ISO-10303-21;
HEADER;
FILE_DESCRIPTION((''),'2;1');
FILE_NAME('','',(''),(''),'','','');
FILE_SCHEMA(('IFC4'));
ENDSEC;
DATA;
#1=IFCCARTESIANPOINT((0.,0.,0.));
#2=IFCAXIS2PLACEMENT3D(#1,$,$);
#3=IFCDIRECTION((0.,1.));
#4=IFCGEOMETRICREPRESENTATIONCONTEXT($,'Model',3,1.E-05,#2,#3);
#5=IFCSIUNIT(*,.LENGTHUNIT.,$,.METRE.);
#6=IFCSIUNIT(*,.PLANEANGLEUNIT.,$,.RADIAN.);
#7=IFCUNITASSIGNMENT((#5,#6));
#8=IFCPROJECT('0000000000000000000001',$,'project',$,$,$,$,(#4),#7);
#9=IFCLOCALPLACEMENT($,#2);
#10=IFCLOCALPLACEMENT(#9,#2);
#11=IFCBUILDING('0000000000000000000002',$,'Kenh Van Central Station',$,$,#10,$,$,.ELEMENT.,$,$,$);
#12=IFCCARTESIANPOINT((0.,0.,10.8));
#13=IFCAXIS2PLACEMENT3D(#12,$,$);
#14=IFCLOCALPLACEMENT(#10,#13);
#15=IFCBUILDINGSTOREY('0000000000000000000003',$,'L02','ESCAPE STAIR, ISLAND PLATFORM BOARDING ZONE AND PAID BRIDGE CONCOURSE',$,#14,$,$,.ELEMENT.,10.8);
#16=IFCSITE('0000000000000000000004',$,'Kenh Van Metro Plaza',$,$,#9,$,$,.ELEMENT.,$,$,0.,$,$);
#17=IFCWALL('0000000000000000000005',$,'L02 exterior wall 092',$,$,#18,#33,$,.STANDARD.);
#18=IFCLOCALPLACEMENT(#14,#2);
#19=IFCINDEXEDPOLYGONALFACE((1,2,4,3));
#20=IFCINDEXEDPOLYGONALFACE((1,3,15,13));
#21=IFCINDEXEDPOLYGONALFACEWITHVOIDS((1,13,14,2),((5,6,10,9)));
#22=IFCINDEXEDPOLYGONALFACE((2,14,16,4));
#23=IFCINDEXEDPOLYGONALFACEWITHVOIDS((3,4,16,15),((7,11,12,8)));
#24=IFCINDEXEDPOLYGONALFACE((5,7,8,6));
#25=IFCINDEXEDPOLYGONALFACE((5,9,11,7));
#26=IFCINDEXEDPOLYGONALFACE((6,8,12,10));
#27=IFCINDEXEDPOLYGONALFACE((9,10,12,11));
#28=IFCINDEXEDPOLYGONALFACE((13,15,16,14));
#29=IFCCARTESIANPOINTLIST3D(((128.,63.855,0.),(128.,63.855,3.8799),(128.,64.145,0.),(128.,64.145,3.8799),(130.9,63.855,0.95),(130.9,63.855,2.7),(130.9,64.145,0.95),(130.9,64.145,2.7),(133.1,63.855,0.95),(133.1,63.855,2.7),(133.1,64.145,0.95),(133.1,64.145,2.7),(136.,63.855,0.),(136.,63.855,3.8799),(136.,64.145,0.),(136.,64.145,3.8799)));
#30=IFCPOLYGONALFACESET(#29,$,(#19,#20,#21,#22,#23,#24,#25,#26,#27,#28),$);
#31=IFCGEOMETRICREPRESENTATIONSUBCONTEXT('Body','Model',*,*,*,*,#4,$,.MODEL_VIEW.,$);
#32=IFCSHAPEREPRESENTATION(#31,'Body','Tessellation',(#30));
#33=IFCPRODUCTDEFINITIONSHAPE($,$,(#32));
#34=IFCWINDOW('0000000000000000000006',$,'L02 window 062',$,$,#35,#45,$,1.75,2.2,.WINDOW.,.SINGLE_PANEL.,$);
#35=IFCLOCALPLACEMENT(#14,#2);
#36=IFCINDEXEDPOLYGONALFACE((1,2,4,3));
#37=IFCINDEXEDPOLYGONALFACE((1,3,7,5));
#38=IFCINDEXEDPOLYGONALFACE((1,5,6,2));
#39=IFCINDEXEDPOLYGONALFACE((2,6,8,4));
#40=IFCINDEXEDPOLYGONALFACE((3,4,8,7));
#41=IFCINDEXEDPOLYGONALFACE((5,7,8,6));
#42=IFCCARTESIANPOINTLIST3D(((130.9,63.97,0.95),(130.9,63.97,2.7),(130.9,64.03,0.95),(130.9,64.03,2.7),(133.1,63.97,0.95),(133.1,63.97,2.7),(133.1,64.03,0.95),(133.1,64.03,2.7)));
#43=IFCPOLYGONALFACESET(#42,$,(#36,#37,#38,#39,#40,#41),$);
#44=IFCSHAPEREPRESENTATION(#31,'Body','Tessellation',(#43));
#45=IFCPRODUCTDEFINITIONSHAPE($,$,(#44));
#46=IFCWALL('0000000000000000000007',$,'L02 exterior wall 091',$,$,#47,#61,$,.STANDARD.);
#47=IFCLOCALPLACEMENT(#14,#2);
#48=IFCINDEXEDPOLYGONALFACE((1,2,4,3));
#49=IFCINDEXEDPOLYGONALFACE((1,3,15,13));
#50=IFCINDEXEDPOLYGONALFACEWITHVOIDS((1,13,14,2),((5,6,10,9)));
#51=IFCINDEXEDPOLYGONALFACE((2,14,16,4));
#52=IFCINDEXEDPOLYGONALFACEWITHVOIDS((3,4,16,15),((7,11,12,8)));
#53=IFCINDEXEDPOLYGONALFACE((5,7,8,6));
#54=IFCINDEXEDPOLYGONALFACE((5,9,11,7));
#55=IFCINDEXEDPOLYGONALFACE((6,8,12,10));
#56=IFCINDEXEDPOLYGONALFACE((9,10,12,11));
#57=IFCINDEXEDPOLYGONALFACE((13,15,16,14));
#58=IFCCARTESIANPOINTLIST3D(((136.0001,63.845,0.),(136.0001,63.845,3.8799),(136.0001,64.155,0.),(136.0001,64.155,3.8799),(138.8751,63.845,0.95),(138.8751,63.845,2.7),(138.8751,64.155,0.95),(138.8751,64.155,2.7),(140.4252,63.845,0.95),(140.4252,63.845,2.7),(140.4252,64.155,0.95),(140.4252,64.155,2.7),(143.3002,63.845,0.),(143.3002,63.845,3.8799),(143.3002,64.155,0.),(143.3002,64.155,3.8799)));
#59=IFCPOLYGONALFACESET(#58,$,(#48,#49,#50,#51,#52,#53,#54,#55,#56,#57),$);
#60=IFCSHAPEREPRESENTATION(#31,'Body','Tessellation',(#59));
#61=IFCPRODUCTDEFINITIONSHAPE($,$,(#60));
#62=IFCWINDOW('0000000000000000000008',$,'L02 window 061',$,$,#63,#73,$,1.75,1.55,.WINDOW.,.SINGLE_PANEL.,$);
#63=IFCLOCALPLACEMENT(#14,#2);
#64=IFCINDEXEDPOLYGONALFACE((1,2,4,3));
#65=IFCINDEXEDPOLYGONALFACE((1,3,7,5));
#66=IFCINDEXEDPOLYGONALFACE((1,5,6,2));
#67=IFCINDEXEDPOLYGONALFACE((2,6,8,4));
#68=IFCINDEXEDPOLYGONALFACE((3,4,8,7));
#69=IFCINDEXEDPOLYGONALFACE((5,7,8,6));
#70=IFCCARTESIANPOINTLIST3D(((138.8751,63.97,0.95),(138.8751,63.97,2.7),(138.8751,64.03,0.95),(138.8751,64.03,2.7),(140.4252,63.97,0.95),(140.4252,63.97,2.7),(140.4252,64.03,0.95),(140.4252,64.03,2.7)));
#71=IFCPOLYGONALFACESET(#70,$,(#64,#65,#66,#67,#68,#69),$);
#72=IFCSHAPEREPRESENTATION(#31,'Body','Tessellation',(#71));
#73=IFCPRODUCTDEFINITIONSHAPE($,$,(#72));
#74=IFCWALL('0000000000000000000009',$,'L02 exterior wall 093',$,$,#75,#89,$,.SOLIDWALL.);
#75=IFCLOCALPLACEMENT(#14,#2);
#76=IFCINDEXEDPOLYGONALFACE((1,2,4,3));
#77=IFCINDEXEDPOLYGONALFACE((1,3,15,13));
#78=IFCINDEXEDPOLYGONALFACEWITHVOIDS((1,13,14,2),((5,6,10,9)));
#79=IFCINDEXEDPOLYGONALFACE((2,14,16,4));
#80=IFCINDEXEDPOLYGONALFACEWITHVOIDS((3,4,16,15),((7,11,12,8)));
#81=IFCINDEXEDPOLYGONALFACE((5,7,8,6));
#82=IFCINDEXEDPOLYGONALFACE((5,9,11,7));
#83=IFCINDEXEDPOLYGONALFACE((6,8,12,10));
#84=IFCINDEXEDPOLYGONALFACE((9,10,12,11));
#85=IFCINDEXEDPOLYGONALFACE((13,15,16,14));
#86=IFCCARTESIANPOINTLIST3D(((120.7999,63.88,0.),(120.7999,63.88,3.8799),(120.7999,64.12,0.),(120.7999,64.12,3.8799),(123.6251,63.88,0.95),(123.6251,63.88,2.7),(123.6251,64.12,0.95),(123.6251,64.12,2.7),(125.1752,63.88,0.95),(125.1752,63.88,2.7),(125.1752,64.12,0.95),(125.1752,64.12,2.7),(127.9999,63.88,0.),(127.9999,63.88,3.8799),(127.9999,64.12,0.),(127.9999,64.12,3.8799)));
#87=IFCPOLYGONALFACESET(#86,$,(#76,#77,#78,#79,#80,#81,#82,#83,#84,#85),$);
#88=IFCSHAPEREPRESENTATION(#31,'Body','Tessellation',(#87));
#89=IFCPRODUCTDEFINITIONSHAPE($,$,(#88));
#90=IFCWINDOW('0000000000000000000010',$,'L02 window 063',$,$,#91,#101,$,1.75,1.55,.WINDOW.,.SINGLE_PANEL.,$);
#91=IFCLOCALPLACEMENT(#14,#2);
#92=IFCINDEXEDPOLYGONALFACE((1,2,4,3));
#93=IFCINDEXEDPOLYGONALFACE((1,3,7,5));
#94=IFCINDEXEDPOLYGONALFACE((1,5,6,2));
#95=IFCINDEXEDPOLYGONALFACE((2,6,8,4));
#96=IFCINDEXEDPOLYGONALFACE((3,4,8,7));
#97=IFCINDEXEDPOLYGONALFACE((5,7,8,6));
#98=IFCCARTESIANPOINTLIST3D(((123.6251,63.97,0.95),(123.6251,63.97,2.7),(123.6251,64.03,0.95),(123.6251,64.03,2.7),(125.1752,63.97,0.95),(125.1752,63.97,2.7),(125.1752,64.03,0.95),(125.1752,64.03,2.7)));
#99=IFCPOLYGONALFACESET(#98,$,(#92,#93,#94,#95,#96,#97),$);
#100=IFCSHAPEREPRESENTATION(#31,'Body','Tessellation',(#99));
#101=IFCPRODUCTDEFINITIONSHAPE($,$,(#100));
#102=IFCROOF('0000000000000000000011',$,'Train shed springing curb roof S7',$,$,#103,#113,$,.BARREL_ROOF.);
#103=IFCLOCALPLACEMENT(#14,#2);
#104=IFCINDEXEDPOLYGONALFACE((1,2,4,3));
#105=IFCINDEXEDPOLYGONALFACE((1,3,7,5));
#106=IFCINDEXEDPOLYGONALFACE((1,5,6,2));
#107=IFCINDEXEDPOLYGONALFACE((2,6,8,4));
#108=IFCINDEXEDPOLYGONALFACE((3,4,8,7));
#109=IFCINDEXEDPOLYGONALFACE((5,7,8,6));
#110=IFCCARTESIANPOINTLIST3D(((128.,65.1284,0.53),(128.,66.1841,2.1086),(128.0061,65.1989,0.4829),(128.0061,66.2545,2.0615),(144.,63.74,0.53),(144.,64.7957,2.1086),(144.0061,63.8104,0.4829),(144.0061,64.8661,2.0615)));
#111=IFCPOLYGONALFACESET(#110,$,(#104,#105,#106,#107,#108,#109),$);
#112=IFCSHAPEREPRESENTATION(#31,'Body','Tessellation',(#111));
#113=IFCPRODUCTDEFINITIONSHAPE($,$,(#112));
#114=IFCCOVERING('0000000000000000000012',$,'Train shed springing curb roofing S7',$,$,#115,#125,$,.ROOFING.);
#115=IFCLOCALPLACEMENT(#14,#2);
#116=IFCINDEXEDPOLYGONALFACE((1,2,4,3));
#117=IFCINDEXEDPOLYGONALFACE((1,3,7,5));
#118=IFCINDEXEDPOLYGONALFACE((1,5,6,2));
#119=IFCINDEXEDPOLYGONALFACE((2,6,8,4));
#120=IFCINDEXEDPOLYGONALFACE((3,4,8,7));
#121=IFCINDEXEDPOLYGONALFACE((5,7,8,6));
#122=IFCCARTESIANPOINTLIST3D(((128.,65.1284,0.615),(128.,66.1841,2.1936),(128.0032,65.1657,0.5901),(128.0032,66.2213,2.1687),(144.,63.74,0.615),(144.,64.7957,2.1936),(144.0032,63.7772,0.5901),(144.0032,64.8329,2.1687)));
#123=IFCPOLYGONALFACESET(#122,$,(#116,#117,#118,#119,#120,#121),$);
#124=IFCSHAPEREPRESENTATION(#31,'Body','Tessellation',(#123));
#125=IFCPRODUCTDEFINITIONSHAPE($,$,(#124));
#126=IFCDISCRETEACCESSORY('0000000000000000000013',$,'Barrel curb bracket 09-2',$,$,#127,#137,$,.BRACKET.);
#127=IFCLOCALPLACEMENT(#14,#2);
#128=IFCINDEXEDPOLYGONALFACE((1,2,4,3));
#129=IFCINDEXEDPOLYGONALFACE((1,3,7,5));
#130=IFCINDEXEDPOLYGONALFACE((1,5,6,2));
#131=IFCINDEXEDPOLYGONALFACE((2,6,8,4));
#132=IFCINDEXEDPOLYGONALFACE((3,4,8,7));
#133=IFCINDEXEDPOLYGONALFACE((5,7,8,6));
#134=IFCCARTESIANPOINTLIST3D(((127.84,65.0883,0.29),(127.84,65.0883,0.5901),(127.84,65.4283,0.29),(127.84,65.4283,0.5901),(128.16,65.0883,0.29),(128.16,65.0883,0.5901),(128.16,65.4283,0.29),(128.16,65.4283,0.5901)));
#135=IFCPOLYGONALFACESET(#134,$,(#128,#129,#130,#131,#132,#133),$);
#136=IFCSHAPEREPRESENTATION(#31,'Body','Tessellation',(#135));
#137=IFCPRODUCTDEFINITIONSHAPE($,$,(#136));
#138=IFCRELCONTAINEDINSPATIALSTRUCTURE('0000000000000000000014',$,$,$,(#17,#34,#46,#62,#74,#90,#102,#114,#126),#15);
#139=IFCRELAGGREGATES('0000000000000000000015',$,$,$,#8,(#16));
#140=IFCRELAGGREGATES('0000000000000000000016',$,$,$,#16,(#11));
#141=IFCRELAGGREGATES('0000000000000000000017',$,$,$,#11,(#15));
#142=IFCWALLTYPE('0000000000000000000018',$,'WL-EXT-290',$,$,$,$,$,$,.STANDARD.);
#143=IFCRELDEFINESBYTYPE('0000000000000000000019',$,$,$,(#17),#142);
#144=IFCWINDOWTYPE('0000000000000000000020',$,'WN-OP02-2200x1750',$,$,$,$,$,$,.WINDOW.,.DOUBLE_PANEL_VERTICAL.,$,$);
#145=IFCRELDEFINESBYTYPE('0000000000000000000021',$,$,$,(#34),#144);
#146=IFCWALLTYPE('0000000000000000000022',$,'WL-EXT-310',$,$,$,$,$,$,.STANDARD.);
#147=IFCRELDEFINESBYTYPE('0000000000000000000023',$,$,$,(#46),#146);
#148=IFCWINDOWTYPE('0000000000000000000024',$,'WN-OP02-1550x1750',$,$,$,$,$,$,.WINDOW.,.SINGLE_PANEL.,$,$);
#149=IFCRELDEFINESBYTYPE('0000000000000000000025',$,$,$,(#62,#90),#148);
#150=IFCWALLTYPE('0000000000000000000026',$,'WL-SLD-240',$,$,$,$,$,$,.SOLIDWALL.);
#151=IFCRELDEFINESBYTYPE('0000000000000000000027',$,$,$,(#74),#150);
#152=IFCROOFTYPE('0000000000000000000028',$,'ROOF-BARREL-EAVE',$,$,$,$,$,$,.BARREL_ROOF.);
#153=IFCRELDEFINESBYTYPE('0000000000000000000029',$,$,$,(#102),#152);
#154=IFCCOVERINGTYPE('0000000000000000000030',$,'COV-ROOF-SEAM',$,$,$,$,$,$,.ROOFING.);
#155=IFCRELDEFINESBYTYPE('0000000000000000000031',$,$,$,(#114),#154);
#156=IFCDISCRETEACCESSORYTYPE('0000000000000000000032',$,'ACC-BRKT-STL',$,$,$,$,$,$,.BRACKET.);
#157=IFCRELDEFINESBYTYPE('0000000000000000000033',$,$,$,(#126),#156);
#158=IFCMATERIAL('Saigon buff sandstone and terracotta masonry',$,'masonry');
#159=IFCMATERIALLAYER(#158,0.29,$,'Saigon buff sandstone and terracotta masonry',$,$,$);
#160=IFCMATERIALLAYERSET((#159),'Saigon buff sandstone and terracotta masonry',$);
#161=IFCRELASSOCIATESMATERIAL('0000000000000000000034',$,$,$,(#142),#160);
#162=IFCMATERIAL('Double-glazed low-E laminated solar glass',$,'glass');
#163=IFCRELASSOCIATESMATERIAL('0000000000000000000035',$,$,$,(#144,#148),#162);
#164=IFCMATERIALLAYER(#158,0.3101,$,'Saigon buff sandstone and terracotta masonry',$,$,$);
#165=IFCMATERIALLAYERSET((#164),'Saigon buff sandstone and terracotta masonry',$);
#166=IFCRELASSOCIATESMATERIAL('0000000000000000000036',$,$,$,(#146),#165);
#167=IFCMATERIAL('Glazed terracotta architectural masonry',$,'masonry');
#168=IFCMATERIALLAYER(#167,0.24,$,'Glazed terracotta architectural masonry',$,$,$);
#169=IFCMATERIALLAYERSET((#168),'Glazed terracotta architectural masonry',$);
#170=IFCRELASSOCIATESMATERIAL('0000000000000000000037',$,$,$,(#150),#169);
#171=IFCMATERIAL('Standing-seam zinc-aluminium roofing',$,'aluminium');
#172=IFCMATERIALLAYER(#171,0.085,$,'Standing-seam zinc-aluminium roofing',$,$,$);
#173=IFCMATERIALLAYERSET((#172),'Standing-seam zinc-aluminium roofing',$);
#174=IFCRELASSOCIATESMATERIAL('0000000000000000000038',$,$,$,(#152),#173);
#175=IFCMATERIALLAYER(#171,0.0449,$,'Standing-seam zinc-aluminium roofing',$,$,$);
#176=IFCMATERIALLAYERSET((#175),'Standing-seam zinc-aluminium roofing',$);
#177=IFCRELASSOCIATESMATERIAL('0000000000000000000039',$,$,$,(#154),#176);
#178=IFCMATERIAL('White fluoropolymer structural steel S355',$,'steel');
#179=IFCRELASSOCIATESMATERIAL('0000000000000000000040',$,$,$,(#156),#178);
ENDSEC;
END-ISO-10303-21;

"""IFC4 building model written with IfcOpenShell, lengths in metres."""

from ifc_helpers import new_model, si_unit, direction, frame, frame_2d, origin, origin_2d, place, context, subcontext, project, spatial, polyline, rectangle, outline, extrude, material, layer, layer_set, type_object, element, fill, save


model = new_model("IFC4")

# Units and contexts
model_context = context("Model", 3, precision=1e-05, world=origin(), true_north=direction((0.0, 1.0)))
body_context = subcontext(model_context, "Body", "Model", "MODEL_VIEW")
ifc_project = project(units=[si_unit("LENGTHUNIT", "METRE"), si_unit("PLANEANGLEUNIT", "RADIAN")], contexts=[model_context])

# Site, building, storey
site_placement = place(None, origin())
site = spatial("IfcSite", under=ifc_project, at=site_placement, Name="Kenh Van Metro Plaza", CompositionType="ELEMENT", RefElevation=0.0)
building_placement = place(site_placement, origin())
building = spatial("IfcBuilding", under=site, at=building_placement, Name="Kenh Van Central Station", CompositionType="ELEMENT")
storey_placement = place(building_placement, frame((0.0, 0.0, 10.8)))
storey = spatial("IfcBuildingStorey", under=building, at=storey_placement, Name="L02", Description="ESCAPE STAIR, ISLAND PLATFORM BOARDING ZONE AND PAID BRIDGE CONCOURSE", CompositionType="ELEMENT", Elevation=10.8)

# Shared definitions
ifc_material_1 = material(Name="White fluoropolymer structural steel S355", Category="steel")

# Shared definitions
ifc_material_2 = material(Name="Double-glazed low-E laminated solar glass", Category="glass")

# Walls, openings, windows
ifc_material_3 = material(Name="Saigon buff sandstone and terracotta masonry", Category="masonry")
ifc_layer_1 = layer(ifc_material_3, 0.29, Name="Saigon buff sandstone and terracotta masonry")
ifc_layer_set_1 = layer_set([ifc_layer_1], Name="Saigon buff sandstone and terracotta masonry")
wall_type_1 = type_object("IfcWallType", Name="WL-EXT-290", PredefinedType="STANDARD", material=ifc_layer_set_1)
wall_1_placement = place(storey_placement, frame((136.0, 64.0, 0.0), z_axis=(0.0, 0.0, 1.0), x_axis=(-1.0, 0.0, 0.0)))
wall_1 = element("IfcWall", 1, at=wall_1_placement, inside=storey, type_object=wall_type_1, Name="L02 exterior wall 092", PredefinedType="STANDARD", context=body_context, shape_type="SweptSolid", body=[
    extrude(rectangle(XDim=8.0, YDim=0.29, at=frame_2d((4.0, 0.0))), origin(), (0.0, 0.0, 1.0), 3.8799),
])
opening_1_placement = place(wall_1_placement, frame((2.8999, 0.0, 0.95)))
opening_1 = element("IfcOpeningElement", 2, at=opening_1_placement, cuts=wall_1, PredefinedType="OPENING", context=body_context, shape_type="SweptSolid", body=[
    extrude(rectangle(XDim=2.2, YDim=1.75, at=frame_2d((1.1001, 0.875))), frame((0.0, 0.155, 0.0), z_axis=(0.0, -1.0, 0.0), x_axis=(1.0, 0.0, 0.0)), (0.0, 0.0, 1.0), 0.3101),
])
window_type_1 = type_object("IfcWindowType", Name="WN-OP02-2200x1750", PartitioningType="DOUBLE_PANEL_VERTICAL", PredefinedType="WINDOW", material=ifc_material_2)
window_1_placement = place(opening_1_placement, origin())
window_1 = element("IfcWindow", 3, at=window_1_placement, inside=storey, type_object=window_type_1, Name="L02 window 062", OverallHeight=1.75, OverallWidth=2.2, PartitioningType="SINGLE_PANEL", PredefinedType="WINDOW", context=body_context, shape_type="SweptSolid", body=[
    extrude(rectangle(XDim=2.2, YDim=1.75, at=frame_2d((1.1001, 0.875))), frame((0.0, 0.03, 0.0), z_axis=(0.0, -1.0, 0.0), x_axis=(1.0, 0.0, 0.0)), (0.0, 0.0, 1.0), 0.0601),
])
fill(opening_1, window_1)
ifc_layer_2 = layer(ifc_material_3, 0.3101, Name="Saigon buff sandstone and terracotta masonry")
ifc_layer_set_2 = layer_set([ifc_layer_2], Name="Saigon buff sandstone and terracotta masonry")
wall_type_2 = type_object("IfcWallType", Name="WL-EXT-310", PredefinedType="STANDARD", material=ifc_layer_set_2)
wall_2_placement = place(storey_placement, frame((143.3, 64.0, 0.0), z_axis=(0.0, 0.0, 1.0), x_axis=(-1.0, 0.0, 0.0)))
wall_2 = element("IfcWall", 4, at=wall_2_placement, inside=storey, type_object=wall_type_2, Name="L02 exterior wall 091", PredefinedType="STANDARD", context=body_context, shape_type="SweptSolid", body=[
    extrude(rectangle(XDim=7.3, YDim=0.3101, at=frame_2d((3.6499, 0.0))), origin(), (0.0, 0.0, 1.0), 3.8799),
])
opening_2_placement = place(wall_2_placement, frame((2.875, 0.0, 0.95)))
opening_2 = element("IfcOpeningElement", 5, at=opening_2_placement, cuts=wall_2, PredefinedType="OPENING", context=body_context, shape_type="SweptSolid", body=[
    extrude(rectangle(XDim=1.55, YDim=1.75, at=frame_2d((0.7749, 0.875))), frame((0.0, 0.165, 0.0), z_axis=(0.0, -1.0, 0.0), x_axis=(1.0, 0.0, 0.0)), (0.0, 0.0, 1.0), 0.3301),
])
window_type_2 = type_object("IfcWindowType", Name="WN-OP02-1550x1750", PartitioningType="SINGLE_PANEL", PredefinedType="WINDOW", material=ifc_material_2)
window_2_placement = place(opening_2_placement, origin())
window_2 = element("IfcWindow", 6, at=window_2_placement, inside=storey, type_object=window_type_2, Name="L02 window 061", OverallHeight=1.75, OverallWidth=1.55, PartitioningType="SINGLE_PANEL", PredefinedType="WINDOW", context=body_context, shape_type="SweptSolid", body=[
    extrude(rectangle(XDim=1.55, YDim=1.75, at=frame_2d((0.7749, 0.875))), frame((0.0, 0.03, 0.0), z_axis=(0.0, -1.0, 0.0), x_axis=(1.0, 0.0, 0.0)), (0.0, 0.0, 1.0), 0.0601),
])
fill(opening_2, window_2)
ifc_material_4 = material(Name="Glazed terracotta architectural masonry", Category="masonry")
ifc_layer_3 = layer(ifc_material_4, 0.24, Name="Glazed terracotta architectural masonry")
ifc_layer_set_3 = layer_set([ifc_layer_3], Name="Glazed terracotta architectural masonry")
wall_type_3 = type_object("IfcWallType", Name="WL-SLD-240", PredefinedType="SOLIDWALL", material=ifc_layer_set_3)
wall_3_placement = place(storey_placement, frame((128.0, 64.0, 0.0), z_axis=(0.0, 0.0, 1.0), x_axis=(-1.0, 0.0, 0.0)))
wall_3 = element("IfcWall", 7, at=wall_3_placement, inside=storey, type_object=wall_type_3, Name="L02 exterior wall 093", PredefinedType="SOLIDWALL", context=body_context, shape_type="SweptSolid", body=[
    extrude(rectangle(XDim=7.2, YDim=0.24, at=frame_2d((3.6001, 0.0))), origin(), (0.0, 0.0, 1.0), 3.8799),
])
opening_3_placement = place(wall_3_placement, frame((2.825, 0.0, 0.95)))
opening_3 = element("IfcOpeningElement", 8, at=opening_3_placement, cuts=wall_3, PredefinedType="OPENING", context=body_context, shape_type="SweptSolid", body=[
    extrude(rectangle(XDim=1.55, YDim=1.75, at=frame_2d((0.7749, 0.875))), frame((0.0, 0.1299, 0.0), z_axis=(0.0, -1.0, 0.0), x_axis=(1.0, 0.0, 0.0)), (0.0, 0.0, 1.0), 0.26),
])
window_3_placement = place(opening_3_placement, origin())
window_3 = element("IfcWindow", 9, at=window_3_placement, inside=storey, type_object=window_type_2, Name="L02 window 063", OverallHeight=1.75, OverallWidth=1.55, PartitioningType="SINGLE_PANEL", PredefinedType="WINDOW", context=body_context, shape_type="SweptSolid", body=[
    extrude(rectangle(XDim=1.55, YDim=1.75, at=frame_2d((0.7749, 0.875))), frame((0.0, 0.03, 0.0), z_axis=(0.0, -1.0, 0.0), x_axis=(1.0, 0.0, 0.0)), (0.0, 0.0, 1.0), 0.0601),
])
fill(opening_3, window_3)

# Roof
ifc_material_5 = material(Name="Standing-seam zinc-aluminium roofing", Category="aluminium")
ifc_layer_4 = layer(ifc_material_5, 0.085, Name="Standing-seam zinc-aluminium roofing")
ifc_layer_set_4 = layer_set([ifc_layer_4], Name="Standing-seam zinc-aluminium roofing")
roof_type = type_object("IfcRoofType", Name="ROOF-BARREL-EAVE", PredefinedType="BARREL_ROOF", material=ifc_layer_set_4)
roof_placement = place(storey_placement, frame((128.0, 65.1284, 0.53), z_axis=(-0.071947, -0.829104, 0.554446), x_axis=(0.996256, -0.086452, 0.0)))
element("IfcRoof", 10, at=roof_placement, inside=storey, type_object=roof_type, Name="Train shed springing curb roof S7", PredefinedType="BARREL_ROOF", context=body_context, shape_type="SweptSolid", body=[
    extrude(outline(polyline([(0.0, 0.0), (16.0601, 0.0), (15.9689, 1.8969), (-0.0913, 1.8969), (0.0, 0.0)])), origin(), (0.0, 0.0, -1.0), 0.085),
])

# Covering
ifc_layer_5 = layer(ifc_material_5, 0.0449, Name="Standing-seam zinc-aluminium roofing")
ifc_layer_set_5 = layer_set([ifc_layer_5], Name="Standing-seam zinc-aluminium roofing")
covering_type = type_object("IfcCoveringType", Name="COV-ROOF-SEAM", PredefinedType="ROOFING", material=ifc_layer_set_5)
covering_placement = place(storey_placement, frame((128.0, 65.1284, 0.615), z_axis=(-0.071947, -0.829104, 0.554446), x_axis=(0.996256, -0.086452, 0.0)))
element("IfcCovering", 11, at=covering_placement, inside=storey, type_object=covering_type, Name="Train shed springing curb roofing S7", PredefinedType="ROOFING", context=body_context, shape_type="SweptSolid", body=[
    extrude(outline(polyline([(0.0, 0.0), (16.0601, 0.0), (15.9689, 1.8969), (-0.0913, 1.8969), (0.0, 0.0)])), origin(), (0.0, 0.0, -1.0), 0.0449),
])

# Discrete accessory
discrete_accessory_type = type_object("IfcDiscreteAccessoryType", Name="ACC-BRKT-STL", PredefinedType="BRACKET", material=ifc_material_1)
discrete_accessory_placement = place(storey_placement, frame((128.0, 65.2583, 0.29), z_axis=(0.0, 0.0, 1.0), x_axis=(1.0, 0.0, 0.0)))
element("IfcDiscreteAccessory", 12, at=discrete_accessory_placement, inside=storey, type_object=discrete_accessory_type, Name="Barrel curb bracket 09-2", PredefinedType="BRACKET", context=body_context, shape_type="SweptSolid", body=[
    extrude(rectangle(XDim=0.3201, YDim=0.3401, at=origin_2d()), origin(), (0.0, 0.0, 1.0), 0.3),
])

save(model, "model.ifc")
